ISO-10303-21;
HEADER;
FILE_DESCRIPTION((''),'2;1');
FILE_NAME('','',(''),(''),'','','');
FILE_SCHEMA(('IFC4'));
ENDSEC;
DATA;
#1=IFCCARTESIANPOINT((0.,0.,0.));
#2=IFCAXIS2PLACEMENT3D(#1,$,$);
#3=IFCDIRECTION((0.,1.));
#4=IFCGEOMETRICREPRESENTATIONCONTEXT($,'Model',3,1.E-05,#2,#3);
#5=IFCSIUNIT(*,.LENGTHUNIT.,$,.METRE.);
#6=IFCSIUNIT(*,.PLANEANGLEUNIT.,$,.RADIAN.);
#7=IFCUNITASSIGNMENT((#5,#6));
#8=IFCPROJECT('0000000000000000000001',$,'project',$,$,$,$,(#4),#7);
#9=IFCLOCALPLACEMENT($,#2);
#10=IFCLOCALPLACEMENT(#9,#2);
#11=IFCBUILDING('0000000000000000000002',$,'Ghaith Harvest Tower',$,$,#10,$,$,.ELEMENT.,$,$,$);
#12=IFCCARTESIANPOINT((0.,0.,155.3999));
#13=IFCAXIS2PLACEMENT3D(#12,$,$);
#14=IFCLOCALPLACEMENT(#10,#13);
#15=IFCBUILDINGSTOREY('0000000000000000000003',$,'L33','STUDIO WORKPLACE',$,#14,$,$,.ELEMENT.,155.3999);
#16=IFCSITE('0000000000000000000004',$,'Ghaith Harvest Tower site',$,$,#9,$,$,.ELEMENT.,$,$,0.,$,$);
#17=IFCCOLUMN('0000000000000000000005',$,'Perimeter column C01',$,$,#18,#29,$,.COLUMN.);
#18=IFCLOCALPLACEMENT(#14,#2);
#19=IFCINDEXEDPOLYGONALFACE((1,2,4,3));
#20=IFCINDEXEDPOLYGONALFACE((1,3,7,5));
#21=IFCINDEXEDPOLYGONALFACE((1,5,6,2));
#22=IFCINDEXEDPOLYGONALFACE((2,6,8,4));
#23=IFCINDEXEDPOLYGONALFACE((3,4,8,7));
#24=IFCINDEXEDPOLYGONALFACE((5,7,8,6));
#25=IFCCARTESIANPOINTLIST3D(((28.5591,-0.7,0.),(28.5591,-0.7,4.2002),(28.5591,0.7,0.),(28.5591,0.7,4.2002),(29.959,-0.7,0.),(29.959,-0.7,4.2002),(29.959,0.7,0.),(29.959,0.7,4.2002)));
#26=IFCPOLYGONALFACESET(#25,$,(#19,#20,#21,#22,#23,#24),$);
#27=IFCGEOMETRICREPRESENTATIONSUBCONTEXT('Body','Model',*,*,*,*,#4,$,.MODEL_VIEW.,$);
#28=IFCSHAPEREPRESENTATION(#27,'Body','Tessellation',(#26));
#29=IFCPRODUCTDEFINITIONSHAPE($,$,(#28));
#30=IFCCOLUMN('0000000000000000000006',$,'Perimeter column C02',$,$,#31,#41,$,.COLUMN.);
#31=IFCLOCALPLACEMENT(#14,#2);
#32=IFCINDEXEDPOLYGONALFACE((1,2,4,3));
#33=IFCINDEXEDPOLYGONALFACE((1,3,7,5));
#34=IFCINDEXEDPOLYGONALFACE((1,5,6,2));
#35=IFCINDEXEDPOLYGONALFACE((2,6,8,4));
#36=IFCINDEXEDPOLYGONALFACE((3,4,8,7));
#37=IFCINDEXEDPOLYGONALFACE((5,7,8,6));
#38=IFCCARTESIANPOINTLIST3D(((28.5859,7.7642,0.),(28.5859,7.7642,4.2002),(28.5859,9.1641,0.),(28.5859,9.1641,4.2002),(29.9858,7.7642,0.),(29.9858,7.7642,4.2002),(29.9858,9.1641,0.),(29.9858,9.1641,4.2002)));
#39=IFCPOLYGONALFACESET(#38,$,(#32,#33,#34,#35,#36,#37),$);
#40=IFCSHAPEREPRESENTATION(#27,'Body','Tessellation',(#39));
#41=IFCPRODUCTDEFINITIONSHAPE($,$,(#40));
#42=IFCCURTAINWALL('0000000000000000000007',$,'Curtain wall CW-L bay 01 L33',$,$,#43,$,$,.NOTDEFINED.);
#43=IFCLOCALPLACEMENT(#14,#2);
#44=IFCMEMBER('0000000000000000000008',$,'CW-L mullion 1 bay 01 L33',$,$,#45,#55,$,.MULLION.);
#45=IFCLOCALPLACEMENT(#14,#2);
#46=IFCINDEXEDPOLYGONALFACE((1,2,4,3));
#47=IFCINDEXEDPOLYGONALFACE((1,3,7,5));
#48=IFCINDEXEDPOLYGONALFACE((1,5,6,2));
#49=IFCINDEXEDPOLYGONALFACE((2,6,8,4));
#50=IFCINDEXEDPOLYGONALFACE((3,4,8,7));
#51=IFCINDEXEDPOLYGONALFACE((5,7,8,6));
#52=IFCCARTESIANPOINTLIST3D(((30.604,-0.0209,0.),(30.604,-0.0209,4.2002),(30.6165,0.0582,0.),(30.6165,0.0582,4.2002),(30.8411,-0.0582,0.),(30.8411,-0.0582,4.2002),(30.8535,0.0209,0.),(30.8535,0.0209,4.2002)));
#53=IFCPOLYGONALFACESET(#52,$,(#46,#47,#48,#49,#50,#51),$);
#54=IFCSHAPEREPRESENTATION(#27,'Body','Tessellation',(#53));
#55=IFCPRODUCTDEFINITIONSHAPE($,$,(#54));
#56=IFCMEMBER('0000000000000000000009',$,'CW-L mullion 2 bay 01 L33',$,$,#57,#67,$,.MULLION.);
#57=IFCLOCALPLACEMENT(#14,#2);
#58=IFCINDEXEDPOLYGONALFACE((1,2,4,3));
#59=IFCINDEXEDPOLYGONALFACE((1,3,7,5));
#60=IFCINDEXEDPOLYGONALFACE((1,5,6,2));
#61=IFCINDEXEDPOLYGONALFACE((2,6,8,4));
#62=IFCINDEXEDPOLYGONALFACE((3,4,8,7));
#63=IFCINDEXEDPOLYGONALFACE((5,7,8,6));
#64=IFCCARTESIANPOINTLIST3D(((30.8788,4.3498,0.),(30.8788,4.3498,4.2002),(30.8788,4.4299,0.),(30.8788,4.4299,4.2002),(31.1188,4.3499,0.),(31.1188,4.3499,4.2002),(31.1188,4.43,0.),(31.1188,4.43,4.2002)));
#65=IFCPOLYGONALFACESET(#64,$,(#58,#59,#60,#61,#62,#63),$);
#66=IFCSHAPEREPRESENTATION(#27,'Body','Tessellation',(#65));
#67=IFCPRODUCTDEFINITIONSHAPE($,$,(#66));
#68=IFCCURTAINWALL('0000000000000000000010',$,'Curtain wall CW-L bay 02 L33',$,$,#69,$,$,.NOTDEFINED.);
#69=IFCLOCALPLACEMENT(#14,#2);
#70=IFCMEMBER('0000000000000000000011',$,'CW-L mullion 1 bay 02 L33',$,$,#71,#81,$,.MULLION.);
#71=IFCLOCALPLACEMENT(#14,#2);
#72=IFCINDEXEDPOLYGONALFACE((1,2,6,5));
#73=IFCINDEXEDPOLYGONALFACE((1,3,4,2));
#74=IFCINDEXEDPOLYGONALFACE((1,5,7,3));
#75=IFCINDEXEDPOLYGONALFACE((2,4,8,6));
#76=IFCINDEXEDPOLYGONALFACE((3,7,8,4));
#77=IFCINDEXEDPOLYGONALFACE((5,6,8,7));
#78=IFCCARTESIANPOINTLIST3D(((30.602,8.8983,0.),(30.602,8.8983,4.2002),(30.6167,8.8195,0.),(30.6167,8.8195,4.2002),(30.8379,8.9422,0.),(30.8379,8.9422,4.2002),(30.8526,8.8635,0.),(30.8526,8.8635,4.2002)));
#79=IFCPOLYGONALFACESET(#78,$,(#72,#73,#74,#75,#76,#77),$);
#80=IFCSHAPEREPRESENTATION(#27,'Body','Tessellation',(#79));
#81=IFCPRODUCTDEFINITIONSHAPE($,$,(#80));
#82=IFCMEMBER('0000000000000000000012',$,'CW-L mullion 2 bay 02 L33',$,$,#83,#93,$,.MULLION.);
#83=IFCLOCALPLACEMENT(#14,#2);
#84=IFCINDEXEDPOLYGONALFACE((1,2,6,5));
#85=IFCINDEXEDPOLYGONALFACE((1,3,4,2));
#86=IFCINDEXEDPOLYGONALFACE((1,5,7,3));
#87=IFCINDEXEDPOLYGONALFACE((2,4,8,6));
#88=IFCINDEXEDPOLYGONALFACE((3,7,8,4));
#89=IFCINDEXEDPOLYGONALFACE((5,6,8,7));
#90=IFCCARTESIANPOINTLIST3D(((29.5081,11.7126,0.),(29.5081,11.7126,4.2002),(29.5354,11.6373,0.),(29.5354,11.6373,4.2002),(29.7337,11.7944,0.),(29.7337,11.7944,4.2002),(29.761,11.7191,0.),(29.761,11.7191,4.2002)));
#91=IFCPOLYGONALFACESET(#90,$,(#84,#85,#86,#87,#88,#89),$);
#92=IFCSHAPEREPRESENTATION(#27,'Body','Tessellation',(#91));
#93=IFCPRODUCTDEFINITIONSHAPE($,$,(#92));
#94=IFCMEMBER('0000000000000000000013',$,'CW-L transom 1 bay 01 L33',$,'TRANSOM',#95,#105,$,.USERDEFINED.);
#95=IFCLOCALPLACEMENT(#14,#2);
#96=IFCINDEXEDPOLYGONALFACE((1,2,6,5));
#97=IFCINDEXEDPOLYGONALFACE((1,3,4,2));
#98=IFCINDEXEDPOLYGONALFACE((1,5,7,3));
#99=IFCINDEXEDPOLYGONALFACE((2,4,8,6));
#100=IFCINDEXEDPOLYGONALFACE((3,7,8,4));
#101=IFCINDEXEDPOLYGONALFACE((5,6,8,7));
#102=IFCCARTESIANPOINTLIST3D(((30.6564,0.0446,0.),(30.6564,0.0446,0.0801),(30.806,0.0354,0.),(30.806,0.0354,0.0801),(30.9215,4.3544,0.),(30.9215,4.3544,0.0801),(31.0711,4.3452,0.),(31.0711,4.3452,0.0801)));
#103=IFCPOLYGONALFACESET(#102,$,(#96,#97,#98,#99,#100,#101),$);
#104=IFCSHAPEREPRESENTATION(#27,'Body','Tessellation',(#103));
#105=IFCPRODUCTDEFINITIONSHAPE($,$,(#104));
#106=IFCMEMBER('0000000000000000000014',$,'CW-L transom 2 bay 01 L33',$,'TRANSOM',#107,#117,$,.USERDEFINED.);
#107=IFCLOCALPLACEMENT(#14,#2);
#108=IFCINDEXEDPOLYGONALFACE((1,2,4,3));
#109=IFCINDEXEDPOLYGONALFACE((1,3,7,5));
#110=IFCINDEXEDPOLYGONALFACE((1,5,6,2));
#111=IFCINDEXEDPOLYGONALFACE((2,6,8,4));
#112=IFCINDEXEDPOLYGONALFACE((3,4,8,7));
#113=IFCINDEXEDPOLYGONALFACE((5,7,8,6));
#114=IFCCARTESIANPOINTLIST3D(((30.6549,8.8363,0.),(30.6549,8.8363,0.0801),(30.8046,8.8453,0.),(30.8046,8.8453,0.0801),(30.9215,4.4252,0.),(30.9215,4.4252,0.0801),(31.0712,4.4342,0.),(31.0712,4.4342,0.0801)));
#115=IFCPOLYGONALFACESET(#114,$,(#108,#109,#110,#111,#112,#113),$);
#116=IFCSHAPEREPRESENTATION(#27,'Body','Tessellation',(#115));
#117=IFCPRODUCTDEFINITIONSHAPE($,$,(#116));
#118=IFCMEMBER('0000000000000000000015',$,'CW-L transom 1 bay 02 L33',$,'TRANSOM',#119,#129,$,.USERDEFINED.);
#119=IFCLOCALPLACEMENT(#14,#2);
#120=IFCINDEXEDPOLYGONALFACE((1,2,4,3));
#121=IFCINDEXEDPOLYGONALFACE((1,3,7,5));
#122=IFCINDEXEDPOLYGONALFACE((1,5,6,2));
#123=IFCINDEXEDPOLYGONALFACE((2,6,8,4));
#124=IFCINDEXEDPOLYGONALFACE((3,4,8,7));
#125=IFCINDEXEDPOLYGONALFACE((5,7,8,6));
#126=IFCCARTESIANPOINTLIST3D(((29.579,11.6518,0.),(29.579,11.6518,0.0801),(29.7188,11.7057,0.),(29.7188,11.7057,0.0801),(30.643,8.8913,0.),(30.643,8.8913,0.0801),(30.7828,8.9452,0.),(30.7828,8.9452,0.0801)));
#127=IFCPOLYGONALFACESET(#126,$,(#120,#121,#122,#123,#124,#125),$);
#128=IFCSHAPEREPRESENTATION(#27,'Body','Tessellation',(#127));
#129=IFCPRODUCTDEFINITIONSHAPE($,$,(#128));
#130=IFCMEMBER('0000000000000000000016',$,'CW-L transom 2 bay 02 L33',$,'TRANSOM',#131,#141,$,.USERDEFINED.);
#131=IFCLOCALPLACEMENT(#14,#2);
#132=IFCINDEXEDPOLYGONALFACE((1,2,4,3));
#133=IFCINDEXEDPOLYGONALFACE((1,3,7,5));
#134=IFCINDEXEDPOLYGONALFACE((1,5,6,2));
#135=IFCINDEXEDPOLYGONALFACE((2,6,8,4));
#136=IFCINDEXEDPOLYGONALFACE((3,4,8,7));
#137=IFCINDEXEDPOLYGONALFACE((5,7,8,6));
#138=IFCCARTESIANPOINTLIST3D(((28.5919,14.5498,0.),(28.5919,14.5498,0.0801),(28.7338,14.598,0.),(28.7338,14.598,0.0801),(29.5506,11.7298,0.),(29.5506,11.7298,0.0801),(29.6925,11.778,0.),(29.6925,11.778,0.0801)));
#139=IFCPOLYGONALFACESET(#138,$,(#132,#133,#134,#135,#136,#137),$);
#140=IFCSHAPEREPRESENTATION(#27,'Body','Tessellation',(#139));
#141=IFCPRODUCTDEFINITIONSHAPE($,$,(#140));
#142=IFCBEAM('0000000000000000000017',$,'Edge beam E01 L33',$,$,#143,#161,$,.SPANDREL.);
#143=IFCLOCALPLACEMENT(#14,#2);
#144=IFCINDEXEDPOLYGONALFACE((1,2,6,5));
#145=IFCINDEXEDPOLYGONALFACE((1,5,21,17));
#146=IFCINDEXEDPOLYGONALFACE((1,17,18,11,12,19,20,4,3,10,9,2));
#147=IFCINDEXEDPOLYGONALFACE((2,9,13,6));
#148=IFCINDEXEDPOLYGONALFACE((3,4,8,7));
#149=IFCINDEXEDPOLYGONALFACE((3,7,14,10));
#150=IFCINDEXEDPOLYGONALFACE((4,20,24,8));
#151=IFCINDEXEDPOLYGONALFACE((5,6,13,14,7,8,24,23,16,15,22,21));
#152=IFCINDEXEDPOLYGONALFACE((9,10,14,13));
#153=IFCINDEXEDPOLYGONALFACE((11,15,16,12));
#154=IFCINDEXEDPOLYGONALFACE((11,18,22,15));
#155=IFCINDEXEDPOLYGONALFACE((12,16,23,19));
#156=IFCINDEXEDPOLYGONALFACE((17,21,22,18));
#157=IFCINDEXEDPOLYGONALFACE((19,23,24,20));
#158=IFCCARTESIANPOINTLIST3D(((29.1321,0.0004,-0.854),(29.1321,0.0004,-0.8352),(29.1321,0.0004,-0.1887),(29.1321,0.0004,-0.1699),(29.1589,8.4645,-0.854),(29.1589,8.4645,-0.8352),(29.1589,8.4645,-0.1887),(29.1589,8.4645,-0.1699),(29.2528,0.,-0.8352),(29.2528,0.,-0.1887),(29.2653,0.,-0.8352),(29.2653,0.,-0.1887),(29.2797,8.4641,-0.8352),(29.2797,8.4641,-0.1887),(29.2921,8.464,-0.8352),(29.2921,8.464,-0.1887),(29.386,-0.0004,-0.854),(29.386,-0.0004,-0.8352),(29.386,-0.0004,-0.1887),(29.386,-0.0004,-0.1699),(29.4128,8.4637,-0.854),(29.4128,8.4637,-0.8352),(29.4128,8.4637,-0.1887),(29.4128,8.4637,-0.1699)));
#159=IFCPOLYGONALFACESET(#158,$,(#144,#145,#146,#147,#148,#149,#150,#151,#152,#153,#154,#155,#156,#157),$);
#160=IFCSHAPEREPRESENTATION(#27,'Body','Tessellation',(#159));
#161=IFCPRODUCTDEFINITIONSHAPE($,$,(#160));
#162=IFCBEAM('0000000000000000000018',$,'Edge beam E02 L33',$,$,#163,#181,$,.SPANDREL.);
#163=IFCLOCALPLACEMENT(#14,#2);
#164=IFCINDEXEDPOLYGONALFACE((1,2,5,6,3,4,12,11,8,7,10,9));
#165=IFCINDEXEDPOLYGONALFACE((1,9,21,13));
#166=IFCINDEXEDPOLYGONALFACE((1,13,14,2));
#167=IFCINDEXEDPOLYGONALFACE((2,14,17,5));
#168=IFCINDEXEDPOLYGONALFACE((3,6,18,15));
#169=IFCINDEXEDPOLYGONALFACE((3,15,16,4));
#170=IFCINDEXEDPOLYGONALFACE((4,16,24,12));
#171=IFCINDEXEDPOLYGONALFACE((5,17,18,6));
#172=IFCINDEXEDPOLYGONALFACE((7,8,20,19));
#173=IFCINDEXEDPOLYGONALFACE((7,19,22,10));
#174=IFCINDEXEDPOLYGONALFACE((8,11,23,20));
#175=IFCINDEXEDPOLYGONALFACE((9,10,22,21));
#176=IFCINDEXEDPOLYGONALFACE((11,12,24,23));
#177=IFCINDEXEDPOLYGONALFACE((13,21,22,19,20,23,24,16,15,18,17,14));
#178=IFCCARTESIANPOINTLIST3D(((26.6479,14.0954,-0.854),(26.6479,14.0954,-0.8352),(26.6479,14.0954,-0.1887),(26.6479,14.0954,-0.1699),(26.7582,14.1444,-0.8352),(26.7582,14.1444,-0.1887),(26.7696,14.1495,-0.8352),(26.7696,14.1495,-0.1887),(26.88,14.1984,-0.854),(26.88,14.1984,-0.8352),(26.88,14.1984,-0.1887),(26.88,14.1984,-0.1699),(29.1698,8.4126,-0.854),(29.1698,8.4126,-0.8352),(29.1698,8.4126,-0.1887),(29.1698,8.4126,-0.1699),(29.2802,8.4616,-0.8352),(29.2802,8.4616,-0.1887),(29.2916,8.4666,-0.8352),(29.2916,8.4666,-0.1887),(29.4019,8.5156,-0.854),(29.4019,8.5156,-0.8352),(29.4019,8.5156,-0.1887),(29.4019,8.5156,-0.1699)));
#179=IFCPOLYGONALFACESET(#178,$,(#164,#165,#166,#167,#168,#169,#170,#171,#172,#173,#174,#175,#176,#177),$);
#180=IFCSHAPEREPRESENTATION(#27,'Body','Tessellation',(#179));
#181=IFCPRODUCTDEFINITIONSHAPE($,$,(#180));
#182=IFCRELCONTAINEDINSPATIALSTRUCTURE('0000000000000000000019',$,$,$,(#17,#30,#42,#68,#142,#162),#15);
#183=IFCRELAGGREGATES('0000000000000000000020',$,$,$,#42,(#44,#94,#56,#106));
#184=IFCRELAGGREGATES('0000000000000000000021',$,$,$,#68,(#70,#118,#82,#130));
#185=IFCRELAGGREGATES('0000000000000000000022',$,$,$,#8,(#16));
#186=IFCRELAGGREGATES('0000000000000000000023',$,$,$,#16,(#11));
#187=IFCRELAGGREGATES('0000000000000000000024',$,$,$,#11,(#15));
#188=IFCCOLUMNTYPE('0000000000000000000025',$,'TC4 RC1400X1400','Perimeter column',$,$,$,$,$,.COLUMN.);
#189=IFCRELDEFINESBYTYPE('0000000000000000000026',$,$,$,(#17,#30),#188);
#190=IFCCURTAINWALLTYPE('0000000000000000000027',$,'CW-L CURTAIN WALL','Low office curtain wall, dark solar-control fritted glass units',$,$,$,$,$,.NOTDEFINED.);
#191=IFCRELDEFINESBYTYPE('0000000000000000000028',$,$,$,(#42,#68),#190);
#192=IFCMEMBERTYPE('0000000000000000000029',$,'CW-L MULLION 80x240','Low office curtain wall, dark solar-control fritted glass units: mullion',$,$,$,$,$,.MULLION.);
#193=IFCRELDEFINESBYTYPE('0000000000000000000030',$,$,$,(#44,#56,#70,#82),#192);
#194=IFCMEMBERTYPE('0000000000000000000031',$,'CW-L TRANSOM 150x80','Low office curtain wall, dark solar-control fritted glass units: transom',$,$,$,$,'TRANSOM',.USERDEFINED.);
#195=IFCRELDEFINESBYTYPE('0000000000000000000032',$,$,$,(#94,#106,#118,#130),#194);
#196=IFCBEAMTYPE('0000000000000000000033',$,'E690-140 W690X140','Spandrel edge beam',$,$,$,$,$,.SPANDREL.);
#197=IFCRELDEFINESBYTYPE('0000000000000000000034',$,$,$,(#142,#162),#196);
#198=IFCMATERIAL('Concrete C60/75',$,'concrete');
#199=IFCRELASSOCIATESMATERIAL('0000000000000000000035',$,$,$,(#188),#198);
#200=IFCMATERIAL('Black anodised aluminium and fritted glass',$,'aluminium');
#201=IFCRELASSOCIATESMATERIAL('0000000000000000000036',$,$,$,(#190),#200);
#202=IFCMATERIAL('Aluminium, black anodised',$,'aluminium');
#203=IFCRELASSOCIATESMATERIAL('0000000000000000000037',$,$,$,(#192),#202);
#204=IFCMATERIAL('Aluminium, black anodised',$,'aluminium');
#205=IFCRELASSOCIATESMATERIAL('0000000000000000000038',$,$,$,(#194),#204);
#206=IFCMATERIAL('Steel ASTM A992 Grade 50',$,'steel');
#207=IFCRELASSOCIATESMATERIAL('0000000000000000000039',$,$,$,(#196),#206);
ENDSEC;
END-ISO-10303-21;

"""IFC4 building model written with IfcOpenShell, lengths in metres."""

from ifc_helpers import new_model, si_unit, direction, frame, origin, origin_2d, place, context, subcontext, project, spatial, rectangle, i_section, extrude, material, material_profile, profile_set, type_object, element, aggregate, save


model = new_model("IFC4")

# Units and contexts
model_context = context("Model", 3, precision=1e-05, world=origin(), true_north=direction((0.0, 1.0)))
body_context = subcontext(model_context, "Body", "Model", "MODEL_VIEW")
ifc_project = project(units=[si_unit("LENGTHUNIT", "METRE"), si_unit("PLANEANGLEUNIT", "RADIAN")], contexts=[model_context])

# Site, building, storey
site_placement = place(None, origin())
site = spatial("IfcSite", under=ifc_project, at=site_placement, Name="Ghaith Harvest Tower site", CompositionType="ELEMENT", RefElevation=0.0)
building_placement = place(site_placement, origin())
building = spatial("IfcBuilding", under=site, at=building_placement, Name="Ghaith Harvest Tower", CompositionType="ELEMENT")
storey_placement = place(building_placement, frame((0.0, 0.0, 155.3999)))
storey = spatial("IfcBuildingStorey", under=building, at=storey_placement, Name="L33", Description="STUDIO WORKPLACE", CompositionType="ELEMENT", Elevation=155.3999)

# Columns
ifc_material_1 = material(Name="Concrete C60/75", Category="concrete")
ifc_material_profile_1 = material_profile(ifc_material_1, rectangle(XDim=1.3999, YDim=1.3999, at=origin_2d()), Name="RC1400X1400")
ifc_profile_set_1 = profile_set([ifc_material_profile_1], Name="Concrete C60/75")
column_type = type_object("IfcColumnType", Name="TC4 RC1400X1400", Description="Perimeter column", PredefinedType="COLUMN", material=ifc_profile_set_1)
for number, where, z_axis, x_axis, name in (
    (1, (29.259, 0.0, 0.0), (0.0, 0.0, 1.0), (1.0, 0.0, 0.0), "Perimeter column C01"),
    (2, (29.2859, 8.4641, 0.0), (0.0, 0.0, 1.0), (1.0, 0.0, 0.0), "Perimeter column C02"),
):
    element("IfcColumn", number, at=place(storey_placement, frame(where, z_axis=z_axis, x_axis=x_axis)), inside=storey, type_object=column_type, Name=name, PredefinedType="COLUMN", context=body_context, shape_type="SweptSolid", body=[
        extrude(rectangle(XDim=1.3999, YDim=1.3999, at=origin_2d()), origin(), (0.0, 0.0, 1.0), 4.2002),
    ])

# Curtain walls, members
ifc_material_2 = material(Name="Black anodised aluminium and fritted glass", Category="aluminium")
curtain_wall_type = type_object("IfcCurtainWallType", Name="CW-L CURTAIN WALL", Description="Low office curtain wall, dark solar-control fritted glass units", PredefinedType="NOTDEFINED", material=ifc_material_2)
curtain_wall_1_placement = place(storey_placement, origin())
curtain_wall_1 = element("IfcCurtainWall", 3, at=curtain_wall_1_placement, inside=storey, type_object=curtain_wall_type, Name="Curtain wall CW-L bay 01 L33", PredefinedType="NOTDEFINED")
ifc_material_3 = material(Name="Aluminium, black anodised", Category="aluminium")
ifc_material_profile_2 = material_profile(ifc_material_3, rectangle(XDim=0.0801, YDim=0.24, at=origin_2d()), Name="CW-L MULLION 80x240")
ifc_profile_set_2 = profile_set([ifc_material_profile_2], Name="Aluminium, black anodised")
member_type_1 = type_object("IfcMemberType", Name="CW-L MULLION 80x240", Description="Low office curtain wall, dark solar-control fritted glass units: mullion", PredefinedType="MULLION", material=ifc_profile_set_2)
member_1_placement = place(storey_placement, frame((30.7288, 0.0, 0.0), z_axis=(0.0, 0.0, 1.0), x_axis=(0.155597, 0.987821, 0.0)))
member_1 = element("IfcMember", 4, at=member_1_placement, type_object=member_type_1, Name="CW-L mullion 1 bay 01 L33", PredefinedType="MULLION", context=body_context, shape_type="SweptSolid", body=[
    extrude(rectangle(XDim=0.0801, YDim=0.24, at=origin_2d()), origin(), (0.0, 0.0, 1.0), 4.2002),
])
member_2_placement = place(storey_placement, frame((30.9988, 4.3899, 0.0), z_axis=(0.0, 0.0, 1.0), x_axis=(-0.000162, 1.0, 0.0)))
member_2 = element("IfcMember", 5, at=member_2_placement, type_object=member_type_1, Name="CW-L mullion 2 bay 01 L33", PredefinedType="MULLION", context=body_context, shape_type="SweptSolid", body=[
    extrude(rectangle(XDim=0.0801, YDim=0.24, at=origin_2d()), origin(), (0.0, 0.0, 1.0), 4.2002),
])
curtain_wall_2_placement = place(storey_placement, origin())
curtain_wall_2 = element("IfcCurtainWall", 6, at=curtain_wall_2_placement, inside=storey, type_object=curtain_wall_type, Name="Curtain wall CW-L bay 02 L33", PredefinedType="NOTDEFINED")
member_3_placement = place(storey_placement, frame((30.7273, 8.8809, 0.0), z_axis=(0.0, 0.0, 1.0), x_axis=(-0.18307, 0.9831, 0.0)))
member_3 = element("IfcMember", 7, at=member_3_placement, type_object=member_type_1, Name="CW-L mullion 1 bay 02 L33", PredefinedType="MULLION", context=body_context, shape_type="SweptSolid", body=[
    extrude(rectangle(XDim=0.0801, YDim=0.24, at=origin_2d()), origin(), (0.0, 0.0, 1.0), 4.2002),
])
member_4_placement = place(storey_placement, frame((29.6345, 11.7158, 0.0), z_axis=(0.0, 0.0, 1.0), x_axis=(-0.340771, 0.940146, 0.0)))
member_4 = element("IfcMember", 8, at=member_4_placement, type_object=member_type_1, Name="CW-L mullion 2 bay 02 L33", PredefinedType="MULLION", context=body_context, shape_type="SweptSolid", body=[
    extrude(rectangle(XDim=0.0801, YDim=0.24, at=origin_2d()), origin(), (0.0, 0.0, 1.0), 4.2002),
])

# Members
ifc_material_4 = material(Name="Aluminium, black anodised", Category="aluminium")
ifc_material_profile_3 = material_profile(ifc_material_4, rectangle(XDim=0.1499, YDim=0.0801, at=origin_2d()), Name="CW-L TRANSOM 150x80")
ifc_profile_set_3 = profile_set([ifc_material_profile_3], Name="Aluminium, black anodised")
member_type_2 = type_object("IfcMemberType", Name="CW-L TRANSOM 150x80", Description="Low office curtain wall, dark solar-control fritted glass units: transom", ElementType="TRANSOM", PredefinedType="USERDEFINED", material=ifc_profile_set_3)
member_5_placement = place(storey_placement, frame((30.7312, 0.04, 0.04), z_axis=(0.061403, 0.998113, 0.0), x_axis=(-0.998113, 0.061403, 0.0)))
member_5 = element("IfcMember", 9, at=member_5_placement, type_object=member_type_2, Name="CW-L transom 1 bay 01 L33", ObjectType="TRANSOM", PredefinedType="USERDEFINED", context=body_context, shape_type="SweptSolid", body=[
    extrude(rectangle(XDim=0.1499, YDim=0.0801, at=origin_2d()), origin(), (0.0, 0.0, 1.0), 4.3179),
])
member_6_placement = place(storey_placement, frame((30.9963, 4.4297, 0.04), z_axis=(-0.060328, 0.998179, 0.0), x_axis=(-0.998179, -0.060328, 0.0)))
member_6 = element("IfcMember", 10, at=member_6_placement, type_object=member_type_2, Name="CW-L transom 2 bay 01 L33", ObjectType="TRANSOM", PredefinedType="USERDEFINED", context=body_context, shape_type="SweptSolid", body=[
    extrude(rectangle(XDim=0.1499, YDim=0.0801, at=origin_2d()), origin(), (0.0, 0.0, 1.0), 4.4192),
])
member_7_placement = place(storey_placement, frame((30.7129, 8.9182, 0.04), z_axis=(-0.359637, 0.933092, 0.0), x_axis=(-0.933092, -0.359637, 0.0)))
member_7 = element("IfcMember", 11, at=member_7_placement, type_object=member_type_2, Name="CW-L transom 1 bay 02 L33", ObjectType="TRANSOM", PredefinedType="USERDEFINED", context=body_context, shape_type="SweptSolid", body=[
    extrude(rectangle(XDim=0.1499, YDim=0.0801, at=origin_2d()), origin(), (0.0, 0.0, 1.0), 2.9585),
])
member_8_placement = place(storey_placement, frame((29.6216, 11.7539, 0.04), z_axis=(-0.321878, 0.946781, 0.0), x_axis=(-0.946781, -0.321878, 0.0)))
member_8 = element("IfcMember", 12, at=member_8_placement, type_object=member_type_2, Name="CW-L transom 2 bay 02 L33", ObjectType="TRANSOM", PredefinedType="USERDEFINED", context=body_context, shape_type="SweptSolid", body=[
    extrude(rectangle(XDim=0.1499, YDim=0.0801, at=origin_2d()), origin(), (0.0, 0.0, 1.0), 2.9785),
])

# Beams
ifc_material_5 = material(Name="Steel ASTM A992 Grade 50", Category="steel")
ifc_material_profile_4 = material_profile(ifc_material_5, i_section(OverallWidth=0.2539, OverallDepth=0.6841, WebThickness=0.0125, FlangeThickness=0.0188, at=origin_2d()), Name="W690X140")
ifc_profile_set_4 = profile_set([ifc_material_profile_4], Name="Steel ASTM A992 Grade 50")
beam_type = type_object("IfcBeamType", Name="E690-140 W690X140", Description="Spandrel edge beam", PredefinedType="SPANDREL", material=ifc_profile_set_4)
beam_1_placement = place(storey_placement, frame((29.259, 0.0, -0.512), z_axis=(0.003173, 0.999995, 0.0), x_axis=(-0.999995, 0.003173, 0.0)))
element("IfcBeam", 13, at=beam_1_placement, inside=storey, type_object=beam_type, Name="Edge beam E01 L33", PredefinedType="SPANDREL", context=body_context, shape_type="SweptSolid", body=[
    extrude(i_section(OverallWidth=0.2539, OverallDepth=0.6841, WebThickness=0.0125, FlangeThickness=0.0188, at=origin_2d()), origin(), (0.0, 0.0, 1.0), 8.4641),
])
beam_2_placement = place(storey_placement, frame((29.2859, 8.4641, -0.512), z_axis=(-0.405636, 0.914035, 0.0), x_axis=(-0.914035, -0.405636, 0.0)))
element("IfcBeam", 14, at=beam_2_placement, inside=storey, type_object=beam_type, Name="Edge beam E02 L33", PredefinedType="SPANDREL", context=body_context, shape_type="SweptSolid", body=[
    extrude(i_section(OverallWidth=0.2539, OverallDepth=0.6841, WebThickness=0.0125, FlangeThickness=0.0188, at=origin_2d()), origin(), (0.0, 0.0, 1.0), 6.2173),
])

aggregate(curtain_wall_1, [member_1, member_5, member_2, member_6])
aggregate(curtain_wall_2, [member_3, member_7, member_4, member_8])

save(model, "model.ifc")
